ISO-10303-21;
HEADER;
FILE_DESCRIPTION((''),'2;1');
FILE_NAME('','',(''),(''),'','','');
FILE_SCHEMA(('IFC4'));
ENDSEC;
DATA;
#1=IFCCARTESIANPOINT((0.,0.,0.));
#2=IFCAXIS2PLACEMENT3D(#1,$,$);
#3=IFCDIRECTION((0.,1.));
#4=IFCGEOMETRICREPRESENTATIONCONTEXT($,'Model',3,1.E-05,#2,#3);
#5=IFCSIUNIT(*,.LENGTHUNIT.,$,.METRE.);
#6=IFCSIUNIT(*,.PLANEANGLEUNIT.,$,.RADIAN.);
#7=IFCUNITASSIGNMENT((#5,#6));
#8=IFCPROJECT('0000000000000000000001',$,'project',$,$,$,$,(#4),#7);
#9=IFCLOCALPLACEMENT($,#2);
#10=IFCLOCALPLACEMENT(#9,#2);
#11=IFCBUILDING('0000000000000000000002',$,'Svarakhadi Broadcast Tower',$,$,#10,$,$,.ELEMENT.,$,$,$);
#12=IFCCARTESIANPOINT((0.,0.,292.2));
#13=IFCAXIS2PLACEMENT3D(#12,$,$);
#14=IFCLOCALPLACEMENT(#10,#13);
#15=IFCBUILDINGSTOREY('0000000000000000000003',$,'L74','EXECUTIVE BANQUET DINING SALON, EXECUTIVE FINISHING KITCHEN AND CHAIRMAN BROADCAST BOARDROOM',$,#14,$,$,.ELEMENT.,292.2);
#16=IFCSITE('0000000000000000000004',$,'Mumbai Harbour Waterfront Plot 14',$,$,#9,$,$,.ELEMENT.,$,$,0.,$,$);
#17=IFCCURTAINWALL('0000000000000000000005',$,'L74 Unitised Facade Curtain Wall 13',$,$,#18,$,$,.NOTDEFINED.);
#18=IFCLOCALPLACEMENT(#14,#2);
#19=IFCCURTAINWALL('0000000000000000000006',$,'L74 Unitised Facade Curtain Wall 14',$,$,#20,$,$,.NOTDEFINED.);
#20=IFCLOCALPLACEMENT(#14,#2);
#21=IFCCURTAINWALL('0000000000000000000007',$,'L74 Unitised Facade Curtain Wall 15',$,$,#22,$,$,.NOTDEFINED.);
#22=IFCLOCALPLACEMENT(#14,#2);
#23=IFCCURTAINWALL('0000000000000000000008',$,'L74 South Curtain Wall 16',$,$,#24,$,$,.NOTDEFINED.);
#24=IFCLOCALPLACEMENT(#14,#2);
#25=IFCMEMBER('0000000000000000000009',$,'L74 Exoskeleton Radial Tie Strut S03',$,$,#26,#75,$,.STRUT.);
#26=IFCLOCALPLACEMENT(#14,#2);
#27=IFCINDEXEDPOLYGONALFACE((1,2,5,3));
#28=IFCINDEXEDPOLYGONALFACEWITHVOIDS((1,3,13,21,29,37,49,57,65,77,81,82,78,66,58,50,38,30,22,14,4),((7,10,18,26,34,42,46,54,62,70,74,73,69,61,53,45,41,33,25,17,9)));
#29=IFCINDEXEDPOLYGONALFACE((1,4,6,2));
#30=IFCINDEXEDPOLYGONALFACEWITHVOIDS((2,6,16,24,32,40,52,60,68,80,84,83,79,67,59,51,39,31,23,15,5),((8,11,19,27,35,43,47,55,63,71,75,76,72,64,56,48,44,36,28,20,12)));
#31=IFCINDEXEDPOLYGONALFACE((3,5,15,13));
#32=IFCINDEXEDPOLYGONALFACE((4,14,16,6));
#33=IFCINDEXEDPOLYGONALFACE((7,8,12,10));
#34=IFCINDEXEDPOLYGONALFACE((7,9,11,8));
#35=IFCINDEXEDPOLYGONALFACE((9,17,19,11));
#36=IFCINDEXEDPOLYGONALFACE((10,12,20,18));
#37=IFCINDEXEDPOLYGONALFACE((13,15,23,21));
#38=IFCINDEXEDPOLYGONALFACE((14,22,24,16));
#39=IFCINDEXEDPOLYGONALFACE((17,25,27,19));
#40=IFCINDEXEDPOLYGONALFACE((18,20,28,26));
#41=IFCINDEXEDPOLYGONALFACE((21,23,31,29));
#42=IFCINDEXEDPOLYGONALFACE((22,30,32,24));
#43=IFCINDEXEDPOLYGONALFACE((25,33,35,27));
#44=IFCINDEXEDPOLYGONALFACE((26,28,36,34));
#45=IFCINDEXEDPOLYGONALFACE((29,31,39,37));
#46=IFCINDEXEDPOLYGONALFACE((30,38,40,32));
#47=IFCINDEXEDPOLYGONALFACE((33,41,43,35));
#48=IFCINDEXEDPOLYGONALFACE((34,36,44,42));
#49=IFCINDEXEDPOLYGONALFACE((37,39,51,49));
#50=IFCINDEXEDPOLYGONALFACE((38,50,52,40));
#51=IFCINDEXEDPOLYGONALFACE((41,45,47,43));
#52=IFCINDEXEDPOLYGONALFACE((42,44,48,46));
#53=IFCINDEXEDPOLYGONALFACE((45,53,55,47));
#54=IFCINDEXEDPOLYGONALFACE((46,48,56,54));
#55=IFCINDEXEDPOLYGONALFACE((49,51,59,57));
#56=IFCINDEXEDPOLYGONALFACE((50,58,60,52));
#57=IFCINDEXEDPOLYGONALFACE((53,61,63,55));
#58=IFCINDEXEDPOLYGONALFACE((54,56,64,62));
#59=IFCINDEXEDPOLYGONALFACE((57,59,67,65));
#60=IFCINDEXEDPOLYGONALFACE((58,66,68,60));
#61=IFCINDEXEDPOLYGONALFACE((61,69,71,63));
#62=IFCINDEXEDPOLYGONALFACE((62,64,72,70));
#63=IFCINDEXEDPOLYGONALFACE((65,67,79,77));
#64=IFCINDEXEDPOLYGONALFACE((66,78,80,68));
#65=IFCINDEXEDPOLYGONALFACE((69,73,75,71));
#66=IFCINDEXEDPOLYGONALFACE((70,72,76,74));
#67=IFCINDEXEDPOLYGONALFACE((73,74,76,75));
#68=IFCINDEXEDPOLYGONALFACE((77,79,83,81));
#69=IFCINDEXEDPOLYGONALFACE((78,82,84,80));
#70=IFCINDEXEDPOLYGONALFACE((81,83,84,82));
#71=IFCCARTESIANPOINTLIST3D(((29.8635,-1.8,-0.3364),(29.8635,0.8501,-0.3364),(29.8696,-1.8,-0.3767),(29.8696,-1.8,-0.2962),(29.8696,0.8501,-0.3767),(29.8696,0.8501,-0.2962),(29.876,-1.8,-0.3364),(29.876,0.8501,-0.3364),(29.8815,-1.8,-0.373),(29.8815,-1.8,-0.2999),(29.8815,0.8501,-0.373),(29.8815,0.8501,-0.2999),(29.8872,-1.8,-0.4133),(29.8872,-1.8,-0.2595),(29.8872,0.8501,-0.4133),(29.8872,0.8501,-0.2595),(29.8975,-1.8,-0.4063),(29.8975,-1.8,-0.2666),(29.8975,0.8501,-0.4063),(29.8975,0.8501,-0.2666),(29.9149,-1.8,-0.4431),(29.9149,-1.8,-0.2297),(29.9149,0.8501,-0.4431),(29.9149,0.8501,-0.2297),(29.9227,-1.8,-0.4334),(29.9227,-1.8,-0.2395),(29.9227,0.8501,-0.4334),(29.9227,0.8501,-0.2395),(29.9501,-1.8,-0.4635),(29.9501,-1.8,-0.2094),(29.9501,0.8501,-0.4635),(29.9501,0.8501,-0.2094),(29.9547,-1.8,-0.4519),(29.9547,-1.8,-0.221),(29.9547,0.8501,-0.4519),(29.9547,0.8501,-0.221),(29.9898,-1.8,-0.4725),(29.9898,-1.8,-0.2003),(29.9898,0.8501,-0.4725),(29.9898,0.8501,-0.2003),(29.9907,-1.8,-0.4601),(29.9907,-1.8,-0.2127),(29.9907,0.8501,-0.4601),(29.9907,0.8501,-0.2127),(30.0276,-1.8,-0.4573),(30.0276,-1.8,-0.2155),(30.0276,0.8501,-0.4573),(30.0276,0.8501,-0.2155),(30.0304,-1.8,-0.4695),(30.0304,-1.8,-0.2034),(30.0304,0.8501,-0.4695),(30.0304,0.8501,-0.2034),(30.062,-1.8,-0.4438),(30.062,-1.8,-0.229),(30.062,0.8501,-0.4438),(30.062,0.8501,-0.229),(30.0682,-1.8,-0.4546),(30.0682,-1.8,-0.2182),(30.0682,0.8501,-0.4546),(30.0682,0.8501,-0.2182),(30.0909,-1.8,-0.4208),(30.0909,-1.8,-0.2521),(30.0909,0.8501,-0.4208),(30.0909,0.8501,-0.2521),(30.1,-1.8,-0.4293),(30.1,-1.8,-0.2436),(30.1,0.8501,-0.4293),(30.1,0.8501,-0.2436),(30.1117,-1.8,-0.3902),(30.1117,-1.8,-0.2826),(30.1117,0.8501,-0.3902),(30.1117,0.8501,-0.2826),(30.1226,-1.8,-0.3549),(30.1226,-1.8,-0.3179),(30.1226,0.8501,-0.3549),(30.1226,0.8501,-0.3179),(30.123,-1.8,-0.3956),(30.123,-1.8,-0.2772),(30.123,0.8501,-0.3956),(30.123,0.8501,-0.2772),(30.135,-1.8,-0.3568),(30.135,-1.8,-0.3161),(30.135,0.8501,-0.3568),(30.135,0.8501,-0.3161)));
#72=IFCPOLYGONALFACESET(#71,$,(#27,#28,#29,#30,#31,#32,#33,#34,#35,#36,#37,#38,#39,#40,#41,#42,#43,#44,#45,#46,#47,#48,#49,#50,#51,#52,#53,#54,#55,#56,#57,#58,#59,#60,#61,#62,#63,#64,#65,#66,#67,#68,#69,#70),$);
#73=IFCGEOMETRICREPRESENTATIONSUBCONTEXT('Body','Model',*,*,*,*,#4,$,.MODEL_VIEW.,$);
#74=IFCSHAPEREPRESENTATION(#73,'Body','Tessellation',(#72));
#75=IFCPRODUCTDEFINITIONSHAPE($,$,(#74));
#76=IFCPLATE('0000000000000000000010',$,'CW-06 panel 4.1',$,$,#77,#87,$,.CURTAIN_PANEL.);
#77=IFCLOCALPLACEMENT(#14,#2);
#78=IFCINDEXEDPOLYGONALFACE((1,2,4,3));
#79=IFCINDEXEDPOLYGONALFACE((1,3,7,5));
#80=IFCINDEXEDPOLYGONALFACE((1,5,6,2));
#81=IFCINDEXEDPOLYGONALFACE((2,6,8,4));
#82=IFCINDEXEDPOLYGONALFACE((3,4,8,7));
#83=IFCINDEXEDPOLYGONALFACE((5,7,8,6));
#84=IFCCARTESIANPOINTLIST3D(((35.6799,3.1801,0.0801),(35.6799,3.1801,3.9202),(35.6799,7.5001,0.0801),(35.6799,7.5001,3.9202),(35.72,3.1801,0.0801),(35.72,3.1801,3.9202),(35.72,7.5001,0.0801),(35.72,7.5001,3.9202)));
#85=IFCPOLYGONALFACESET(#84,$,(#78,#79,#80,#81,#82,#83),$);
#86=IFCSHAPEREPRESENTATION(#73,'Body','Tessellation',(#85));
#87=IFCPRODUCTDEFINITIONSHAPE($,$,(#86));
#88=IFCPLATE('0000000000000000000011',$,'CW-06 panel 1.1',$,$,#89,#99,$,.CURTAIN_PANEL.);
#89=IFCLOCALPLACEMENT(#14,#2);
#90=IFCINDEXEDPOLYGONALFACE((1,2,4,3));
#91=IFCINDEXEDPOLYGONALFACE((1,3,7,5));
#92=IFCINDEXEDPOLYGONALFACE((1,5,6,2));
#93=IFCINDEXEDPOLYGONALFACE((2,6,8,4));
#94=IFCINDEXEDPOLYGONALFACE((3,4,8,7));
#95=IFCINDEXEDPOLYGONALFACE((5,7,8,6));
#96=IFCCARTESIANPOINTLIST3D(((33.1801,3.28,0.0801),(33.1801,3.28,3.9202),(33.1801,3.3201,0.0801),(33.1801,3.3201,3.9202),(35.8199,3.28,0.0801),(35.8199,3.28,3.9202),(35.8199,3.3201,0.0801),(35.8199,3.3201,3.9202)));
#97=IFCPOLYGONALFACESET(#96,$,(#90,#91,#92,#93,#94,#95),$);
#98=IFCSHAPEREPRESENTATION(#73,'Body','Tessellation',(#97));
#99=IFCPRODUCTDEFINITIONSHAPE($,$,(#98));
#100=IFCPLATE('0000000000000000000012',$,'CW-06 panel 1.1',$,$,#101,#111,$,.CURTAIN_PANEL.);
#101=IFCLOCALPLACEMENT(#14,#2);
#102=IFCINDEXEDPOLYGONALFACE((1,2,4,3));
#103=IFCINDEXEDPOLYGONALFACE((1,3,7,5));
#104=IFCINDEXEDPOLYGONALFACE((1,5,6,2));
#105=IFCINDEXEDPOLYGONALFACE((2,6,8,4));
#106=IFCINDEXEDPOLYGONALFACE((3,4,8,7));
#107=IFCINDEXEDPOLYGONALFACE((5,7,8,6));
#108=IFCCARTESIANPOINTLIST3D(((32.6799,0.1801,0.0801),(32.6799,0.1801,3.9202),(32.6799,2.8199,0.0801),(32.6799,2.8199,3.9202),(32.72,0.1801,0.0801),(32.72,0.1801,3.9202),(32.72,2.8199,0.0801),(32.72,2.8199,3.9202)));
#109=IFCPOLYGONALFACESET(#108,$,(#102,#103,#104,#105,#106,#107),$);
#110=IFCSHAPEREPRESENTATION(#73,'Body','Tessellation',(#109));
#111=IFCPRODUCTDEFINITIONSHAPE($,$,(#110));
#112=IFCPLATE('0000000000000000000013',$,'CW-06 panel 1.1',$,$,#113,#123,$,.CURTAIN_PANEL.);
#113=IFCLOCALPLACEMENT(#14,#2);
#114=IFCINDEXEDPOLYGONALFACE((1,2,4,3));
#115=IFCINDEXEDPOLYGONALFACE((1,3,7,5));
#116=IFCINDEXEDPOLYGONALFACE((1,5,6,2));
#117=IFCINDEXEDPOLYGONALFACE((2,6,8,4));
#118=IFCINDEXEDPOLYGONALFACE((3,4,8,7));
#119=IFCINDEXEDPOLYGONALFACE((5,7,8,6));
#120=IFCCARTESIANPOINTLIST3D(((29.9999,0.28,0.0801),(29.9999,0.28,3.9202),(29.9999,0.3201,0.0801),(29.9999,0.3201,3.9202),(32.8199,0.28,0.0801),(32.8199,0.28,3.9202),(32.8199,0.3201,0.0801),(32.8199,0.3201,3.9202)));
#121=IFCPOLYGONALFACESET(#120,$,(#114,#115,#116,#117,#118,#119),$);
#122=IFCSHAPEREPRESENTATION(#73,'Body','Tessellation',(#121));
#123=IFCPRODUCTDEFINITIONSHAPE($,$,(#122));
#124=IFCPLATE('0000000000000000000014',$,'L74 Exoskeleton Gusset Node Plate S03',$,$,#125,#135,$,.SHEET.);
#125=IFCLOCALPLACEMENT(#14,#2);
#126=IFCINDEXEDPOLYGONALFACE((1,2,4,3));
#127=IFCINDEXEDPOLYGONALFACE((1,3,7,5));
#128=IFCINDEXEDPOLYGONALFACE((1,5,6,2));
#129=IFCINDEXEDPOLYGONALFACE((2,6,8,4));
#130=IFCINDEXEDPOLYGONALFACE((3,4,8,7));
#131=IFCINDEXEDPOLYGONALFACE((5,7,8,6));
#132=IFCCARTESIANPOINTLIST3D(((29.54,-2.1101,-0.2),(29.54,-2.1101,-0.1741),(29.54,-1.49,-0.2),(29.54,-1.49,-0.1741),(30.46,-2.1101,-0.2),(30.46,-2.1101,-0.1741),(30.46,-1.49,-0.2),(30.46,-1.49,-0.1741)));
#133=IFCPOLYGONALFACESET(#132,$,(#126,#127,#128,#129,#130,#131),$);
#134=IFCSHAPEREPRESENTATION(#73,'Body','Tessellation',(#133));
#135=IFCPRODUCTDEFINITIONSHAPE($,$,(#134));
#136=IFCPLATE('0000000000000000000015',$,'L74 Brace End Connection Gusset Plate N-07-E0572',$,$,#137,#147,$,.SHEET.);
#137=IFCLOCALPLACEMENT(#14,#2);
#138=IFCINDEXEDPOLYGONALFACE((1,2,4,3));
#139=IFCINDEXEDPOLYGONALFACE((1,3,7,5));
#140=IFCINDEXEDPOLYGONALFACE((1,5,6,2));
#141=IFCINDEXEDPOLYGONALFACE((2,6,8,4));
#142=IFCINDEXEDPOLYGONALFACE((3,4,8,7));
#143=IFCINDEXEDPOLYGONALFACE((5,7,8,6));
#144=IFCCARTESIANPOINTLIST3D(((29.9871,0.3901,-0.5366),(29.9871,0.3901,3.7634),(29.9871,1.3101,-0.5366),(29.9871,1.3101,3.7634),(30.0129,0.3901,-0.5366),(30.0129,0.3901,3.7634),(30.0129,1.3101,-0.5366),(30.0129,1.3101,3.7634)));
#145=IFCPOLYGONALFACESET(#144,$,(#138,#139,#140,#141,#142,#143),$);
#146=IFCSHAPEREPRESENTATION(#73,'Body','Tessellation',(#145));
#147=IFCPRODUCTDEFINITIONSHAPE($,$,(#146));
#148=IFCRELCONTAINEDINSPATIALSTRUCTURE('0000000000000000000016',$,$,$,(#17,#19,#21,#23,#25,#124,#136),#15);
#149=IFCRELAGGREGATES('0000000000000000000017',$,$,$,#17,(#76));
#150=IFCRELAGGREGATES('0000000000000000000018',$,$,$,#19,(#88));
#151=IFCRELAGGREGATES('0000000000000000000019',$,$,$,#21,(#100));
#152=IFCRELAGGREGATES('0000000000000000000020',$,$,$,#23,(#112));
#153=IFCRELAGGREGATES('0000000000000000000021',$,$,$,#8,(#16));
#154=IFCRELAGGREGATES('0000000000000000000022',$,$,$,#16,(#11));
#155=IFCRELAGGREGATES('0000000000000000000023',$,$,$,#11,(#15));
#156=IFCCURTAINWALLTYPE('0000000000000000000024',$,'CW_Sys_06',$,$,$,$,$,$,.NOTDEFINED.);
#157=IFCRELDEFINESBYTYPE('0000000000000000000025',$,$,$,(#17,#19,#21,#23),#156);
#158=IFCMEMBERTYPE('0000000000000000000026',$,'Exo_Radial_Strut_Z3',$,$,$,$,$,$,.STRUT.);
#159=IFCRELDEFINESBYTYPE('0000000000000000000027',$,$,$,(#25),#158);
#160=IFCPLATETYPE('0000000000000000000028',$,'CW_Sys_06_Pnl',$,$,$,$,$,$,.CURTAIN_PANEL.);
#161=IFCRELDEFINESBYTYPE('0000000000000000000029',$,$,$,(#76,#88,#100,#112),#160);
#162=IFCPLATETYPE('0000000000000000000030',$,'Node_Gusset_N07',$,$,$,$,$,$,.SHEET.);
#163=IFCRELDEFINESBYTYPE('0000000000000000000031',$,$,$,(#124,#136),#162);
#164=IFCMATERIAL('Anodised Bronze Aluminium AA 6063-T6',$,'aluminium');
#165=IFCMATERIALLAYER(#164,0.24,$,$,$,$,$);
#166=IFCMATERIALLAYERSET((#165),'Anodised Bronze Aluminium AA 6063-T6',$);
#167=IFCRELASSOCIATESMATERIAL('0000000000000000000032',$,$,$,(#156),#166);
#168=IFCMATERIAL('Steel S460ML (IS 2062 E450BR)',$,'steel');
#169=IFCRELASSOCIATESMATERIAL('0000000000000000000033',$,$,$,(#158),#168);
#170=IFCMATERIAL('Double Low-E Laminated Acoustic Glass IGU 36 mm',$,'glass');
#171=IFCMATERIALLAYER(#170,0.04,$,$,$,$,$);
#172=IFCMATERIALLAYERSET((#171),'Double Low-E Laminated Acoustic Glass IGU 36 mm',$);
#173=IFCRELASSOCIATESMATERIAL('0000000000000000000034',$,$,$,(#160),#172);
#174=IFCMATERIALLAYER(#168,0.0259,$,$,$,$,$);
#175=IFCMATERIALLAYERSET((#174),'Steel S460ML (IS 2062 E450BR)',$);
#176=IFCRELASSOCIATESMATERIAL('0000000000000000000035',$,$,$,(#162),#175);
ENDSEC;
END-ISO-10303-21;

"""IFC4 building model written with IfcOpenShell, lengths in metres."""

from ifc_helpers import new_model, si_unit, direction, frame, origin, origin_2d, place, context, subcontext, project, spatial, rectangle, hollow_circle, extrude, material, layer, layer_set, material_profile, profile_set, type_object, element, aggregate, save


model = new_model("IFC4")

# Units and contexts
model_context = context("Model", 3, precision=1e-05, world=origin(), true_north=direction((0.0, 1.0)))
body_context = subcontext(model_context, "Body", "Model", "MODEL_VIEW")
ifc_project = project(units=[si_unit("LENGTHUNIT", "METRE"), si_unit("PLANEANGLEUNIT", "RADIAN")], contexts=[model_context])

# Site, building, storey
site_placement = place(None, origin())
site = spatial("IfcSite", under=ifc_project, at=site_placement, Name="Mumbai Harbour Waterfront Plot 14", CompositionType="ELEMENT", RefElevation=0.0)
building_placement = place(site_placement, origin())
building = spatial("IfcBuilding", under=site, at=building_placement, Name="Svarakhadi Broadcast Tower", CompositionType="ELEMENT")
storey_placement = place(building_placement, frame((0.0, 0.0, 292.2)))
storey = spatial("IfcBuildingStorey", under=building, at=storey_placement, Name="L74", Description="EXECUTIVE BANQUET DINING SALON, EXECUTIVE FINISHING KITCHEN AND CHAIRMAN BROADCAST BOARDROOM", CompositionType="ELEMENT", Elevation=292.2)

# Shared definitions
ifc_material_1 = material(Name="Steel S460ML (IS 2062 E450BR)", Category="steel")

# Curtain wall
ifc_material_2 = material(Name="Anodised Bronze Aluminium AA 6063-T6", Category="aluminium")
ifc_layer_1 = layer(ifc_material_2, 0.24)
ifc_layer_set_1 = layer_set([ifc_layer_1], Name="Anodised Bronze Aluminium AA 6063-T6")
curtain_wall_type = type_object("IfcCurtainWallType", Name="CW_Sys_06", PredefinedType="NOTDEFINED", material=ifc_layer_set_1)
curtain_wall_1_placement = place(storey_placement, origin())
curtain_wall_1 = element("IfcCurtainWall", 1, at=curtain_wall_1_placement, inside=storey, type_object=curtain_wall_type, Name="L74 Unitised Facade Curtain Wall 13", PredefinedType="NOTDEFINED")

# Curtain walls
curtain_wall_2_placement = place(storey_placement, origin())
curtain_wall_2 = element("IfcCurtainWall", 2, at=curtain_wall_2_placement, inside=storey, type_object=curtain_wall_type, Name="L74 Unitised Facade Curtain Wall 14", PredefinedType="NOTDEFINED")
curtain_wall_3_placement = place(storey_placement, origin())
curtain_wall_3 = element("IfcCurtainWall", 3, at=curtain_wall_3_placement, inside=storey, type_object=curtain_wall_type, Name="L74 Unitised Facade Curtain Wall 15", PredefinedType="NOTDEFINED")
curtain_wall_4_placement = place(storey_placement, origin())
curtain_wall_4 = element("IfcCurtainWall", 4, at=curtain_wall_4_placement, inside=storey, type_object=curtain_wall_type, Name="L74 South Curtain Wall 16", PredefinedType="NOTDEFINED")

# Member
ifc_material_profile_1 = material_profile(ifc_material_1, hollow_circle(Radius=0.1365, WallThickness=0.0125, at=origin_2d()), Name="CHS 273x12.5")
ifc_profile_set_1 = profile_set([ifc_material_profile_1], Name="Steel S460ML (IS 2062 E450BR)")
member_type_1 = type_object("IfcMemberType", Name="Exo_Radial_Strut_Z3", PredefinedType="STRUT", material=ifc_profile_set_1)
member_1_placement = place(storey_placement, frame((30.0, -1.8, -0.3364), z_axis=(0.0, 1.0, 0.0), x_axis=(-1.0, 0.0, 0.0)))
element("IfcMember", 5, at=member_1_placement, inside=storey, type_object=member_type_1, Name="L74 Exoskeleton Radial Tie Strut S03", PredefinedType="STRUT", context=body_context, shape_type="SweptSolid", body=[
    extrude(hollow_circle(Radius=0.1365, WallThickness=0.0125, at=origin_2d()), origin(), (0.0, 0.0, 1.0), 2.6501),
])

# Plates
ifc_material_3 = material(Name="Double Low-E Laminated Acoustic Glass IGU 36 mm", Category="glass")
ifc_layer_2 = layer(ifc_material_3, 0.04)
ifc_layer_set_2 = layer_set([ifc_layer_2], Name="Double Low-E Laminated Acoustic Glass IGU 36 mm")
plate_type_1 = type_object("IfcPlateType", Name="CW_Sys_06_Pnl", PredefinedType="CURTAIN_PANEL", material=ifc_layer_set_2)
plate_1_placement = place(storey_placement, frame((35.7, 5.3401, 0.0801), z_axis=(0.0, 0.0, 1.0), x_axis=(0.0, -1.0, 0.0)))
plate_1 = element("IfcPlate", 6, at=plate_1_placement, type_object=plate_type_1, Name="CW-06 panel 4.1", PredefinedType="CURTAIN_PANEL", context=body_context, shape_type="SweptSolid", body=[
    extrude(rectangle(XDim=4.3201, YDim=0.04, at=origin_2d()), origin(), (0.0, 0.0, 1.0), 3.8401),
])
aggregate(curtain_wall_1, [plate_1])
plate_2_placement = place(storey_placement, frame((34.5, 3.3, 0.0801), z_axis=(0.0, 0.0, 1.0), x_axis=(-1.0, 0.0, 0.0)))
plate_2 = element("IfcPlate", 7, at=plate_2_placement, type_object=plate_type_1, Name="CW-06 panel 1.1", PredefinedType="CURTAIN_PANEL", context=body_context, shape_type="SweptSolid", body=[
    extrude(rectangle(XDim=2.6399, YDim=0.04, at=origin_2d()), origin(), (0.0, 0.0, 1.0), 3.8401),
])
aggregate(curtain_wall_2, [plate_2])
plate_3_placement = place(storey_placement, frame((32.7, 1.5, 0.0801), z_axis=(0.0, 0.0, 1.0), x_axis=(0.0, -1.0, 0.0)))
plate_3 = element("IfcPlate", 8, at=plate_3_placement, type_object=plate_type_1, Name="CW-06 panel 1.1", PredefinedType="CURTAIN_PANEL", context=body_context, shape_type="SweptSolid", body=[
    extrude(rectangle(XDim=2.6399, YDim=0.04, at=origin_2d()), origin(), (0.0, 0.0, 1.0), 3.8401),
])
aggregate(curtain_wall_3, [plate_3])
plate_4_placement = place(storey_placement, frame((31.4099, 0.3, 0.0801), z_axis=(0.0, 0.0, 1.0), x_axis=(-1.0, 0.0, 0.0)))
plate_4 = element("IfcPlate", 9, at=plate_4_placement, type_object=plate_type_1, Name="CW-06 panel 1.1", PredefinedType="CURTAIN_PANEL", context=body_context, shape_type="SweptSolid", body=[
    extrude(rectangle(XDim=2.8201, YDim=0.04, at=origin_2d()), origin(), (0.0, 0.0, 1.0), 3.8401),
])
aggregate(curtain_wall_4, [plate_4])

# Plates
ifc_layer_3 = layer(ifc_material_1, 0.0259)
ifc_layer_set_3 = layer_set([ifc_layer_3], Name="Steel S460ML (IS 2062 E450BR)")
plate_type_2 = type_object("IfcPlateType", Name="Node_Gusset_N07", PredefinedType="SHEET", material=ifc_layer_set_3)
plate_5_placement = place(storey_placement, frame((30.0, -1.8, -0.2), z_axis=(0.0, 0.0, 1.0), x_axis=(1.0, 0.0, 0.0)))
element("IfcPlate", 10, at=plate_5_placement, inside=storey, type_object=plate_type_2, Name="L74 Exoskeleton Gusset Node Plate S03", PredefinedType="SHEET", context=body_context, shape_type="SweptSolid", body=[
    extrude(rectangle(XDim=0.9199, YDim=0.6201, at=origin_2d()), origin(), (0.0, 0.0, 1.0), 0.0259),
])
plate_6_placement = place(storey_placement, frame((30.0, 0.8501, -0.5366), z_axis=(0.0, 0.0, 1.0), x_axis=(0.0, 1.0, 0.0)))
element("IfcPlate", 11, at=plate_6_placement, inside=storey, type_object=plate_type_2, Name="L74 Brace End Connection Gusset Plate N-07-E0572", PredefinedType="SHEET", context=body_context, shape_type="SweptSolid", body=[
    extrude(rectangle(XDim=0.9199, YDim=0.0259, at=origin_2d()), origin(), (0.0, 0.0, 1.0), 4.3),
])

save(model, "model.ifc")
